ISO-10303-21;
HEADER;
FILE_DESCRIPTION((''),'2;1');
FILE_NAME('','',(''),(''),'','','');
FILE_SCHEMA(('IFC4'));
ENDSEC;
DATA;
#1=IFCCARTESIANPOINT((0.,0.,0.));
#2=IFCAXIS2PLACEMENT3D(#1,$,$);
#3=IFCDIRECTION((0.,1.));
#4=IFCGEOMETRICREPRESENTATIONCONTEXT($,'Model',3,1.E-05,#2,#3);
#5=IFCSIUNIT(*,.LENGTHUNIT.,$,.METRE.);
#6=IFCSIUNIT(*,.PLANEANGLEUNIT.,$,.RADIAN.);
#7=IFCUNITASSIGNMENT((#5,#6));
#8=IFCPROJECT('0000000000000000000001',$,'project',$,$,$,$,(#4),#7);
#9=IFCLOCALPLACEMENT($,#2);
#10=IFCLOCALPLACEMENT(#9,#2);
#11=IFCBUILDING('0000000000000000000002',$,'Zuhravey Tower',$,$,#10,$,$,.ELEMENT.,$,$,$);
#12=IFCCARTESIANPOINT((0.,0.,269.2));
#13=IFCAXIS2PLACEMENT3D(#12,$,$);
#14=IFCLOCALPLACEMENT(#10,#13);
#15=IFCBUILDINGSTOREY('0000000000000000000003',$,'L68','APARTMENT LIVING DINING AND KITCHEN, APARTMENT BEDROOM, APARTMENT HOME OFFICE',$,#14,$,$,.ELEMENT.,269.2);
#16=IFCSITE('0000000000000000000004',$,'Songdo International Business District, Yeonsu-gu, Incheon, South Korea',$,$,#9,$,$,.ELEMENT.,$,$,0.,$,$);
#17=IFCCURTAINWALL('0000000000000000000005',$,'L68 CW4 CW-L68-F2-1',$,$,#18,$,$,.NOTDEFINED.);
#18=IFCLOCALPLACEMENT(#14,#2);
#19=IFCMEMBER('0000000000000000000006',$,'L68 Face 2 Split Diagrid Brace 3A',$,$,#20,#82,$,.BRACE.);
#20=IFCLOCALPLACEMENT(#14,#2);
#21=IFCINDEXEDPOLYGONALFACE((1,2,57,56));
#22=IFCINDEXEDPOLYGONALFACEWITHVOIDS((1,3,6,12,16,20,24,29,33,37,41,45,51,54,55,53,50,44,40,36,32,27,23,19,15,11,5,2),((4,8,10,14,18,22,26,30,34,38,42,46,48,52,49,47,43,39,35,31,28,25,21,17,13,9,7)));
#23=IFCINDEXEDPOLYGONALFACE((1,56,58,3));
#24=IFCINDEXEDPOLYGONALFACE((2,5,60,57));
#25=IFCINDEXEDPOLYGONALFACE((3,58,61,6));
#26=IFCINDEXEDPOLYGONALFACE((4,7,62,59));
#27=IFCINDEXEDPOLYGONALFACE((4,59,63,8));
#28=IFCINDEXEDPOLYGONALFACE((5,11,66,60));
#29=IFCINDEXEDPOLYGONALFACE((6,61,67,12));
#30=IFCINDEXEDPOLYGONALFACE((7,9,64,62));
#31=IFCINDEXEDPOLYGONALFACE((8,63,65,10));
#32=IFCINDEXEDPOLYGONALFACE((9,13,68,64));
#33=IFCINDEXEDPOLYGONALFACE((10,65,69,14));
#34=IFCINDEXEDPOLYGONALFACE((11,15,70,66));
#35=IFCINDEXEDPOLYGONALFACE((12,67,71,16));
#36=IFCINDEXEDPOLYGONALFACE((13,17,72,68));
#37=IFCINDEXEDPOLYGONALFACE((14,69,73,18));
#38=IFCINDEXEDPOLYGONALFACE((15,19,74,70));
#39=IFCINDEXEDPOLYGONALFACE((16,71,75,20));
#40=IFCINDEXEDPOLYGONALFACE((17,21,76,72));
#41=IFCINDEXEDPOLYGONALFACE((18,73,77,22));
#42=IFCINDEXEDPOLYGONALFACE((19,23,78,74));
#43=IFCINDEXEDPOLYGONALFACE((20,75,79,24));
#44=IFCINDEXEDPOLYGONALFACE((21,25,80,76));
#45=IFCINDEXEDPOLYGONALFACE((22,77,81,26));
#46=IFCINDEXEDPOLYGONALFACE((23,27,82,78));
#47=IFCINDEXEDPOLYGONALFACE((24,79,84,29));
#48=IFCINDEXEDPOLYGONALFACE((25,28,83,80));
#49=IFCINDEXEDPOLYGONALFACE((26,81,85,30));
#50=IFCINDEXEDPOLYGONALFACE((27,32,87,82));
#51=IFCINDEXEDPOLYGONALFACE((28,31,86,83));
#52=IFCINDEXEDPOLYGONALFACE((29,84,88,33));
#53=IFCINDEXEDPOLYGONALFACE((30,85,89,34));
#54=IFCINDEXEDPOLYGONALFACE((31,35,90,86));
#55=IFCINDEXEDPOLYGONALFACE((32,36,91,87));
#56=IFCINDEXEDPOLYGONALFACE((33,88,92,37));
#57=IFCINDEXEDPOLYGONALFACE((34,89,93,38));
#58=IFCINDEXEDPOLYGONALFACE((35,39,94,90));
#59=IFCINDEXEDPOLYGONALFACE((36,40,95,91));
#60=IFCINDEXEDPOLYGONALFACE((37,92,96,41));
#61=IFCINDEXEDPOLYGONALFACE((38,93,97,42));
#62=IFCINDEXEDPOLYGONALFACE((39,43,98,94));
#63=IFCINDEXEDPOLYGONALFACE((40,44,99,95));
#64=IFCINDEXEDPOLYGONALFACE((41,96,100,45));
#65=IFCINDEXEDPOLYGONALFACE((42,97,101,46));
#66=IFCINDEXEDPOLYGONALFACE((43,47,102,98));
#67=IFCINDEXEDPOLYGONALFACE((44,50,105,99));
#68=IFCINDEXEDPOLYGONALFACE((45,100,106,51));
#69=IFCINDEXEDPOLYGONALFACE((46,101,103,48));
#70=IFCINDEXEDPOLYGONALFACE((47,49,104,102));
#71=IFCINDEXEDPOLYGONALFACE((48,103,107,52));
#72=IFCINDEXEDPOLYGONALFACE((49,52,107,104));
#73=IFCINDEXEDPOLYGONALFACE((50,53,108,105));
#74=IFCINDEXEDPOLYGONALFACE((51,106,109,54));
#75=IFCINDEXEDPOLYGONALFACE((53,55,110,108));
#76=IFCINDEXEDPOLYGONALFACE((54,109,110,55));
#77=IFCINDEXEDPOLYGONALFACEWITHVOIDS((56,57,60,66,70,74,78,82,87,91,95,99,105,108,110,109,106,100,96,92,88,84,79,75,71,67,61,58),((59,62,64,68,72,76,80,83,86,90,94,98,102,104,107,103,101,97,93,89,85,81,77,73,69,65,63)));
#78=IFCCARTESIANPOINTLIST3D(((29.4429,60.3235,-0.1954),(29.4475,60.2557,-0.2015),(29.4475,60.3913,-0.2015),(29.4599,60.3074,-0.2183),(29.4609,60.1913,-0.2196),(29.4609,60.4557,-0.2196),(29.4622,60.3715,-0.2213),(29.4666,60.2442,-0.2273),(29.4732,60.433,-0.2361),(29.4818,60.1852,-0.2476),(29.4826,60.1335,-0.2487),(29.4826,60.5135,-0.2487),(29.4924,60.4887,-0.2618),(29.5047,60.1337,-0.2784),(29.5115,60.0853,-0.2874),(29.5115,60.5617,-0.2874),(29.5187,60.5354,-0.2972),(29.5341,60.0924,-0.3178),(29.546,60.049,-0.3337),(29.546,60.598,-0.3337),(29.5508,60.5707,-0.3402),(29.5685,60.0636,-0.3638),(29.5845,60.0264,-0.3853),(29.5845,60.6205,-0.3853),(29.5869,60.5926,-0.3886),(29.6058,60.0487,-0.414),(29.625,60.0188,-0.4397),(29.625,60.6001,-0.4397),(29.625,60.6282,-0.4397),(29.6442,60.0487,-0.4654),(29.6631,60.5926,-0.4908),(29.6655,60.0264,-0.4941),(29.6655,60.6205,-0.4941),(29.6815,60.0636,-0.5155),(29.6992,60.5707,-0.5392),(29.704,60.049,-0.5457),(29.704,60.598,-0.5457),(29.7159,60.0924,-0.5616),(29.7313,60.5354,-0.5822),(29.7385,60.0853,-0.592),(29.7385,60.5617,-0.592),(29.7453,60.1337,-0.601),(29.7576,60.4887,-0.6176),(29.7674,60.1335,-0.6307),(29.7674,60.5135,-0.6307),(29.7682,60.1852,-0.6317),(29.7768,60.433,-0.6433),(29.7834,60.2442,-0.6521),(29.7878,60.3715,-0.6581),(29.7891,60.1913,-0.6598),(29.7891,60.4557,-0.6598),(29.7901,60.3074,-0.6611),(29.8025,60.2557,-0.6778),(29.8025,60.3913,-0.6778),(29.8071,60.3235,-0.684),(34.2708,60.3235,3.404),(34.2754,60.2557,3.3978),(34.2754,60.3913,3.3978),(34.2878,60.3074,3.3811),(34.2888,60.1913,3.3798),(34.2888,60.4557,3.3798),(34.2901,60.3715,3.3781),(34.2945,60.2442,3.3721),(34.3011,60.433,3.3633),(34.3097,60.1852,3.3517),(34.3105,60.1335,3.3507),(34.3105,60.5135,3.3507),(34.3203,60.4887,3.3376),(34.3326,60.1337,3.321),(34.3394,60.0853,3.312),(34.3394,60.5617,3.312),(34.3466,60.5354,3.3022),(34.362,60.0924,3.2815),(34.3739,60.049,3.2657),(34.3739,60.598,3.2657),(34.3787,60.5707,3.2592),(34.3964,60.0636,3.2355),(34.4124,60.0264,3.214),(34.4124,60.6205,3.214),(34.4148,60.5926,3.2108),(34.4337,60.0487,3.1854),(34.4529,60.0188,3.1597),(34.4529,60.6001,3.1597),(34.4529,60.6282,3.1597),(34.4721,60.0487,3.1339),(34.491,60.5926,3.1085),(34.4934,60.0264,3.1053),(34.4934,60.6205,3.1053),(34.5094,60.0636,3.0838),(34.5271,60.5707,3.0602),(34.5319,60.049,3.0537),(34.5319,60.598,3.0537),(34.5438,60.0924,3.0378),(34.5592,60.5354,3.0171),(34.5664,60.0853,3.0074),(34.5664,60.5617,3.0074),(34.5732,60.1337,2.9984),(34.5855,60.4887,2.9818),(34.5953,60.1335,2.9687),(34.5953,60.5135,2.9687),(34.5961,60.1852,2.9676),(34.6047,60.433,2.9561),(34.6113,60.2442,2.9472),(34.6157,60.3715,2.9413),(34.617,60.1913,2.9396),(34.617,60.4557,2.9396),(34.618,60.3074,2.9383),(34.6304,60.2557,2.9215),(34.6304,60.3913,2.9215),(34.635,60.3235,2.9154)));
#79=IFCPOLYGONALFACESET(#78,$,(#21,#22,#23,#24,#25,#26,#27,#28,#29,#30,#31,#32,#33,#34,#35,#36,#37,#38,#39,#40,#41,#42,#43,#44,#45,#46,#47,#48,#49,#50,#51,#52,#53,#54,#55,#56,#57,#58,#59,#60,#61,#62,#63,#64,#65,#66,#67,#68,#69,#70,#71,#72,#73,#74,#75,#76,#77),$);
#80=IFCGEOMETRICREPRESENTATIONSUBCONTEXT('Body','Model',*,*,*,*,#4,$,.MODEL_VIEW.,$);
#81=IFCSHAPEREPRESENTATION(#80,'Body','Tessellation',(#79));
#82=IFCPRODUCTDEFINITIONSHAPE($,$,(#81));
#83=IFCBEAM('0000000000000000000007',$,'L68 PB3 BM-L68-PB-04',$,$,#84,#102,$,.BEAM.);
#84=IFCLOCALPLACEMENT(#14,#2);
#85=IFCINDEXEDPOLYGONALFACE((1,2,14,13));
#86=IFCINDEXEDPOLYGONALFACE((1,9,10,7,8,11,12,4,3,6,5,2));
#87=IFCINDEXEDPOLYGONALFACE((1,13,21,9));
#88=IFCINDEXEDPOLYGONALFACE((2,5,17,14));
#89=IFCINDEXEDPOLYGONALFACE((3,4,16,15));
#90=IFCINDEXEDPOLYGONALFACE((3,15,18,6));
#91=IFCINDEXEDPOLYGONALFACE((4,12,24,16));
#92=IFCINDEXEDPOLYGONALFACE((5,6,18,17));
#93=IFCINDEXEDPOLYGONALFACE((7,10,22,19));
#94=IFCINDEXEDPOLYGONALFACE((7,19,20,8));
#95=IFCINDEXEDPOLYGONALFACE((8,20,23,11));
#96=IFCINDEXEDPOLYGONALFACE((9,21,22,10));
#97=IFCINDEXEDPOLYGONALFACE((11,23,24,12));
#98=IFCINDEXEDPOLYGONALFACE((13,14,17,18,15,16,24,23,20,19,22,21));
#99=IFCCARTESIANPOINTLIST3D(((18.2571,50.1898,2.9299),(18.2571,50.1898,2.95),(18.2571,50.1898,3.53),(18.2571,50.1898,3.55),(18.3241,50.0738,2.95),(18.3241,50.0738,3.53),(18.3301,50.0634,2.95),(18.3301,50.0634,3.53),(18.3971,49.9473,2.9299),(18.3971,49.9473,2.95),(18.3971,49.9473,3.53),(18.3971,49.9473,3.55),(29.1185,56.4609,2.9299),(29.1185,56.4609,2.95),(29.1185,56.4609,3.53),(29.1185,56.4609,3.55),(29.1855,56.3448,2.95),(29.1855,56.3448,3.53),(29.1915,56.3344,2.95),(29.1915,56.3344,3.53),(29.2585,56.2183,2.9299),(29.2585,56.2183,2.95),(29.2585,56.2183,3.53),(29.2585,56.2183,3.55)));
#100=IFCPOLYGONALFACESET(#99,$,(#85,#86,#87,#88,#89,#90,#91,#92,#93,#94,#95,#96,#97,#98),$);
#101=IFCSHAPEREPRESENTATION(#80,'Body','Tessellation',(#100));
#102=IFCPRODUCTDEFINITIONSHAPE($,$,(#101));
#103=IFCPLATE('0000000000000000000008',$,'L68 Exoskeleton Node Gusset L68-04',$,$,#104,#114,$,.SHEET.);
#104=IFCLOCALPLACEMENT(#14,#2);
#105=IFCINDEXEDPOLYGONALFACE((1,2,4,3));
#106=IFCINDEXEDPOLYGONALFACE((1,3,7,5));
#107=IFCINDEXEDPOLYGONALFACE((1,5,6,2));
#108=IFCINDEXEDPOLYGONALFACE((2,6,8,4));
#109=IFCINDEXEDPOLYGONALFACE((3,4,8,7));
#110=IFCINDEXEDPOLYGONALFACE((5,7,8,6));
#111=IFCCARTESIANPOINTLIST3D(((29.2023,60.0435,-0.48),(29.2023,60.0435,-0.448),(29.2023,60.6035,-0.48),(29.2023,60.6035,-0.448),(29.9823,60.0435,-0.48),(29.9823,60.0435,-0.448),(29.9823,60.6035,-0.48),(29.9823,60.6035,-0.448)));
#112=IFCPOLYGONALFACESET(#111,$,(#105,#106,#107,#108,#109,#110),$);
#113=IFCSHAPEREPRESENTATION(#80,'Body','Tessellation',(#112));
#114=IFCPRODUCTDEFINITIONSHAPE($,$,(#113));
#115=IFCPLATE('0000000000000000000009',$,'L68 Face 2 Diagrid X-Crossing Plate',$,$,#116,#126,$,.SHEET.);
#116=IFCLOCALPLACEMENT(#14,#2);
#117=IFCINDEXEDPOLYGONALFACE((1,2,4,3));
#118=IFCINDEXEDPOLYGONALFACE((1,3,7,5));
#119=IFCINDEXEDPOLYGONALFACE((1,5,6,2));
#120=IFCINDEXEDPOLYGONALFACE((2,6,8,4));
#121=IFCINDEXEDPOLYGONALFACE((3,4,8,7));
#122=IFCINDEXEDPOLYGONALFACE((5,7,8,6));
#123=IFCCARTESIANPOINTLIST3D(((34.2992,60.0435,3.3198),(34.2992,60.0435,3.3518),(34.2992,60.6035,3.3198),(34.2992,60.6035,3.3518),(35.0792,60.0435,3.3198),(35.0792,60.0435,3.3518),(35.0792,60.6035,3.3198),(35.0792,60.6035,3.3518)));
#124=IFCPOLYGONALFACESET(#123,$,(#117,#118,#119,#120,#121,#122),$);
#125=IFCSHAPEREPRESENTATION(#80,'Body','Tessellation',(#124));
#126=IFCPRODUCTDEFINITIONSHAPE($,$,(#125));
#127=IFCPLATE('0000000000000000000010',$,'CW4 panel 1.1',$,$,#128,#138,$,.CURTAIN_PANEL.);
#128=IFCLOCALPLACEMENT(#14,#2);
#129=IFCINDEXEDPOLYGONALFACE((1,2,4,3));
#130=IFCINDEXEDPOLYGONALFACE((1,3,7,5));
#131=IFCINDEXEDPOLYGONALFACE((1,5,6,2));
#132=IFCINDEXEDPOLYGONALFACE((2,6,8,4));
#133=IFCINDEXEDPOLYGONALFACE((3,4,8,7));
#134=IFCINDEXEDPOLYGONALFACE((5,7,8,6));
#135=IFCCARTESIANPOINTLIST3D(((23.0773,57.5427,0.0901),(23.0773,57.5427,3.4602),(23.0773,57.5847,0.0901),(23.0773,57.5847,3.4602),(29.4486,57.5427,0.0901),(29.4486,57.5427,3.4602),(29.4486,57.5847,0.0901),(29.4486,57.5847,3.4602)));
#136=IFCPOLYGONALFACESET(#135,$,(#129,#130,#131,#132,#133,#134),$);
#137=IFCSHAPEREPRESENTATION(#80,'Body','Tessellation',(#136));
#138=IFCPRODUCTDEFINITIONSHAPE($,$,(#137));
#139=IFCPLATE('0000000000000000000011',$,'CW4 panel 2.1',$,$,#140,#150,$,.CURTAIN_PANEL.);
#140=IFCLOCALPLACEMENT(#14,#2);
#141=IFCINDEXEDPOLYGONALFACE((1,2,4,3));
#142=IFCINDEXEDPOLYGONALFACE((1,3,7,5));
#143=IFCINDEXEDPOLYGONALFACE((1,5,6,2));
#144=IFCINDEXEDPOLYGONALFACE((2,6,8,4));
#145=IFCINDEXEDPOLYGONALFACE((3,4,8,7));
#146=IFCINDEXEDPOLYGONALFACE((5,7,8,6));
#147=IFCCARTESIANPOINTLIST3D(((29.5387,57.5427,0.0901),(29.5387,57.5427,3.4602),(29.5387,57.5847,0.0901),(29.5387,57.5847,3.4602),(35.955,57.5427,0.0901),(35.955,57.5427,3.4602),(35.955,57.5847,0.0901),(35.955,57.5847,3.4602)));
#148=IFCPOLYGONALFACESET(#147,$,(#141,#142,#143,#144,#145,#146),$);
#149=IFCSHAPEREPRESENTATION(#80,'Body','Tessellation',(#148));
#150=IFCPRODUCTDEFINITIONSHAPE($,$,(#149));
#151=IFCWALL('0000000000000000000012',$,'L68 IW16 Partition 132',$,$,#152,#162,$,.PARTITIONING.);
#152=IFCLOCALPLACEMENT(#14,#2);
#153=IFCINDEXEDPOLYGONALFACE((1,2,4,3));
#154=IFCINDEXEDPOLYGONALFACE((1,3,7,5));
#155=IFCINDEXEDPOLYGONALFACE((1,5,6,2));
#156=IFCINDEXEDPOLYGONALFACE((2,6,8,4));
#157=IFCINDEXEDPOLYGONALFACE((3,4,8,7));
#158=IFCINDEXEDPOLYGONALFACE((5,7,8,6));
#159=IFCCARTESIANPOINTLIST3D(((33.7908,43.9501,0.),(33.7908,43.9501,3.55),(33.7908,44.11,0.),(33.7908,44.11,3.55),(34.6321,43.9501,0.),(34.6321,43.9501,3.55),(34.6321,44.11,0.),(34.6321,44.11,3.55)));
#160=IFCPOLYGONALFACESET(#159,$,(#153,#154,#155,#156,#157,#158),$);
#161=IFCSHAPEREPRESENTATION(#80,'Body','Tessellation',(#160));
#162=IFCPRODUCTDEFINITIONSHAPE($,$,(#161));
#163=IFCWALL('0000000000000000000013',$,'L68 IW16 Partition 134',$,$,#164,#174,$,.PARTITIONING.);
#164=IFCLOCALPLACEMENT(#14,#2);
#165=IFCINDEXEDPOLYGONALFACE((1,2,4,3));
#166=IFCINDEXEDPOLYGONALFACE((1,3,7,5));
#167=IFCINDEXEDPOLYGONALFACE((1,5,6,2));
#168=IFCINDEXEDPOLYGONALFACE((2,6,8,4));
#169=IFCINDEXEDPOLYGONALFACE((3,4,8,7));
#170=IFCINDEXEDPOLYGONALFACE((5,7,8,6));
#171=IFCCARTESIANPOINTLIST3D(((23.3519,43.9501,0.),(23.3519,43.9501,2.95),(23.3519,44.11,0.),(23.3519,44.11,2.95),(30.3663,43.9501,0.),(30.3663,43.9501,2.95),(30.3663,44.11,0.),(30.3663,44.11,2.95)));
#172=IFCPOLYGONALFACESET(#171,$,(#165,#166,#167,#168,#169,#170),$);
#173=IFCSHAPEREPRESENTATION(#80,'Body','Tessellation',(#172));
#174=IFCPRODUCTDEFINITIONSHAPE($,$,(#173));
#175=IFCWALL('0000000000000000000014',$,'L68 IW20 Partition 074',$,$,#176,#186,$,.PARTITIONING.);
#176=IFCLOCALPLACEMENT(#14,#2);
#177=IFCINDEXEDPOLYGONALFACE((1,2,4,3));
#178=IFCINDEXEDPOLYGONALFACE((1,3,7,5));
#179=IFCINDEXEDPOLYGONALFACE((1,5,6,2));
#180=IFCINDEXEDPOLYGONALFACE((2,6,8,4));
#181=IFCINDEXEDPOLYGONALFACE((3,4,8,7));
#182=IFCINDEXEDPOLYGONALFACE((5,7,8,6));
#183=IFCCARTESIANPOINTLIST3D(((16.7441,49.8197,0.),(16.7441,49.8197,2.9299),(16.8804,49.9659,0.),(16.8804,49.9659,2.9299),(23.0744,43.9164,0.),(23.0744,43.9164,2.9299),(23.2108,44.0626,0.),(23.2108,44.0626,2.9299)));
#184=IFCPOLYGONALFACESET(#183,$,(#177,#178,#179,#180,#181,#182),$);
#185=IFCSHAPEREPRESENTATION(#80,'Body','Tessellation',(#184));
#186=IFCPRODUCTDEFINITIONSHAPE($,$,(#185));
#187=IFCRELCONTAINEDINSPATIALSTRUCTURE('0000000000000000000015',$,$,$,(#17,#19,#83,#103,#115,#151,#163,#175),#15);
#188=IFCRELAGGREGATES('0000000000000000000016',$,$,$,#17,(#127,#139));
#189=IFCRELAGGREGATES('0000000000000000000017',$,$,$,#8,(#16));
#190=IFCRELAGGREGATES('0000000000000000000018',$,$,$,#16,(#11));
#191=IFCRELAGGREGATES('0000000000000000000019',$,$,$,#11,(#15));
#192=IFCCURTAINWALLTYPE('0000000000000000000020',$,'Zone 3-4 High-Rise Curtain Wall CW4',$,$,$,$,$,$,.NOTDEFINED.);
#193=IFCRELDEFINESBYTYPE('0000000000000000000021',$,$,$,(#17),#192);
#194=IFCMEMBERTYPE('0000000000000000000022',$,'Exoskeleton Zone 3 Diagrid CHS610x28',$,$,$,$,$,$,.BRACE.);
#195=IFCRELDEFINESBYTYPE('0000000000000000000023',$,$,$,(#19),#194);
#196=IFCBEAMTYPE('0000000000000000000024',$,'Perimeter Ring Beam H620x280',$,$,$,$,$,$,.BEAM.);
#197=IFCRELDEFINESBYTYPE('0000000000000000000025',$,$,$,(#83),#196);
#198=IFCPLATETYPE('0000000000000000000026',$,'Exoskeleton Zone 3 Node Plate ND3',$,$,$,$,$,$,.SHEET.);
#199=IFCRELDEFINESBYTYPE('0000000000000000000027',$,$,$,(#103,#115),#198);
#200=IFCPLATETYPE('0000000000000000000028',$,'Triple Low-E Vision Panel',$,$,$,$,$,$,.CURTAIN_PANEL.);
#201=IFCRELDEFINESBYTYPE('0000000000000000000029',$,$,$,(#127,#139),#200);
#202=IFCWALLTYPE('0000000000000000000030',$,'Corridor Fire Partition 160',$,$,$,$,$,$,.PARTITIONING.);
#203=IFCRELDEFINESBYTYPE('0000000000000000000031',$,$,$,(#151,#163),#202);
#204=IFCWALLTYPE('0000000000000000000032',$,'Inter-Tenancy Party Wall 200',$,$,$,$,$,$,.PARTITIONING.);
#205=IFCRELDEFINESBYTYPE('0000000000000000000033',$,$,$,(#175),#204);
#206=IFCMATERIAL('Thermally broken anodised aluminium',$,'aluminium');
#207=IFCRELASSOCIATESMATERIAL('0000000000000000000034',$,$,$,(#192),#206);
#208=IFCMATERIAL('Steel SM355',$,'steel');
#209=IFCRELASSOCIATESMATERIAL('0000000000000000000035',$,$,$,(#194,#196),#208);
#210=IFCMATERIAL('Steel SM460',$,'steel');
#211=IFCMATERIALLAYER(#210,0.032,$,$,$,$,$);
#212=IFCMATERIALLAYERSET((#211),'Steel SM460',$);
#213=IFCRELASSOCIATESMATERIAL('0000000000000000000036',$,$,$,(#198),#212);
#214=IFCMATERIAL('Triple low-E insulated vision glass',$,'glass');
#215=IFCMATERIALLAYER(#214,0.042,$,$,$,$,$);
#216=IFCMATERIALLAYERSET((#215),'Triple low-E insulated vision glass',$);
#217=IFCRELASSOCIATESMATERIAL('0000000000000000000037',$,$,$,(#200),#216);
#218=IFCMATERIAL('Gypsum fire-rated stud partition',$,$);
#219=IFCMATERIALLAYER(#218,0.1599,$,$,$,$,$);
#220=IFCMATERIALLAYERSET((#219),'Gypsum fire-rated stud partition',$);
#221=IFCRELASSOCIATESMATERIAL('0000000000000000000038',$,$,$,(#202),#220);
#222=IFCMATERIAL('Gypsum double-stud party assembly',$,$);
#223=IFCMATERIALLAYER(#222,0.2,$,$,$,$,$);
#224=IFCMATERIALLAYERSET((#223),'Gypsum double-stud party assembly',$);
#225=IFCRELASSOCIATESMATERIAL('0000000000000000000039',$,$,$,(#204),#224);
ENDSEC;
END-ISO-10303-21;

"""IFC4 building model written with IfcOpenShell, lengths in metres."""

from ifc_helpers import new_model, si_unit, direction, frame, frame_2d, origin, origin_2d, place, context, subcontext, project, spatial, rectangle, hollow_circle, i_section, extrude, material, layer, layer_set, material_profile, profile_set, type_object, element, aggregate, save


model = new_model("IFC4")

# Units and contexts
model_context = context("Model", 3, precision=1e-05, world=origin(), true_north=direction((0.0, 1.0)))
body_context = subcontext(model_context, "Body", "Model", "MODEL_VIEW")
ifc_project = project(units=[si_unit("LENGTHUNIT", "METRE"), si_unit("PLANEANGLEUNIT", "RADIAN")], contexts=[model_context])

# Site, building, storey
site_placement = place(None, origin())
site = spatial("IfcSite", under=ifc_project, at=site_placement, Name="Songdo International Business District, Yeonsu-gu, Incheon, South Korea", CompositionType="ELEMENT", RefElevation=0.0)
building_placement = place(site_placement, origin())
building = spatial("IfcBuilding", under=site, at=building_placement, Name="Zuhravey Tower", CompositionType="ELEMENT")
storey_placement = place(building_placement, frame((0.0, 0.0, 269.2)))
storey = spatial("IfcBuildingStorey", under=building, at=storey_placement, Name="L68", Description="APARTMENT LIVING DINING AND KITCHEN, APARTMENT BEDROOM, APARTMENT HOME OFFICE", CompositionType="ELEMENT", Elevation=269.2)

# Curtain wall
ifc_material_1 = material(Name="Thermally broken anodised aluminium", Category="aluminium")
curtain_wall_type = type_object("IfcCurtainWallType", Name="Zone 3-4 High-Rise Curtain Wall CW4", PredefinedType="NOTDEFINED", material=ifc_material_1)
curtain_wall_placement = place(storey_placement, origin())
curtain_wall = element("IfcCurtainWall", 1, at=curtain_wall_placement, inside=storey, type_object=curtain_wall_type, Name="L68 CW4 CW-L68-F2-1", PredefinedType="NOTDEFINED")

# Member
ifc_material_2 = material(Name="Steel SM355", Category="steel")
ifc_material_profile_1 = material_profile(ifc_material_2, hollow_circle(Radius=0.3047, WallThickness=0.0281, at=origin_2d()), Name="CHS-609.6x28")
ifc_profile_set_1 = profile_set([ifc_material_profile_1], Name="Steel SM355")
member_type_1 = type_object("IfcMemberType", Name="Exoskeleton Zone 3 Diagrid CHS610x28", PredefinedType="BRACE", material=ifc_profile_set_1)
member_1_placement = place(storey_placement, frame((29.625, 60.3235, -0.4397), z_axis=(0.801714, 0.0, 0.597708), x_axis=(0.0, 1.0, 0.0)))
element("IfcMember", 2, at=member_1_placement, inside=storey, type_object=member_type_1, Name="L68 Face 2 Split Diagrid Brace 3A", PredefinedType="BRACE", context=body_context, shape_type="SweptSolid", body=[
    extrude(hollow_circle(Radius=0.3047, WallThickness=0.0281, at=origin_2d()), origin(), (0.0, 0.0, 1.0), 6.022),
])

# Beam
ifc_material_profile_2 = material_profile(ifc_material_2, i_section(OverallWidth=0.28, OverallDepth=0.6201, WebThickness=0.012, FlangeThickness=0.02, at=origin_2d()), Name="H-620x280x12x20")
ifc_profile_set_2 = profile_set([ifc_material_profile_2], Name="Steel SM355")
beam_type = type_object("IfcBeamType", Name="Perimeter Ring Beam H620x280", PredefinedType="BEAM", material=ifc_profile_set_2)
beam_placement = place(storey_placement, frame((29.1885, 56.3396, 3.24), z_axis=(-0.866018, -0.500012, 0.0), x_axis=(0.500012, -0.866018, 0.0)))
element("IfcBeam", 3, at=beam_placement, inside=storey, type_object=beam_type, Name="L68 PB3 BM-L68-PB-04", PredefinedType="BEAM", context=body_context, shape_type="SweptSolid", body=[
    extrude(i_section(OverallWidth=0.28, OverallDepth=0.6201, WebThickness=0.012, FlangeThickness=0.02, at=origin_2d()), origin(), (0.0, 0.0, 1.0), 12.5417),
])

# Plates
ifc_material_3 = material(Name="Steel SM460", Category="steel")
ifc_layer_1 = layer(ifc_material_3, 0.032)
ifc_layer_set_1 = layer_set([ifc_layer_1], Name="Steel SM460")
plate_type_1 = type_object("IfcPlateType", Name="Exoskeleton Zone 3 Node Plate ND3", PredefinedType="SHEET", material=ifc_layer_set_1)
for number, where, z_axis, x_axis, name in (
    (4, (29.5923, 60.3235, -0.48), (0.0, 0.0, 1.0), (-1.0, 0.0, 0.0), "L68 Exoskeleton Node Gusset L68-04"),
    (5, (34.6892, 60.3235, 3.3198), (0.0, 0.0, 1.0), (-1.0, 0.0, 0.0), "L68 Face 2 Diagrid X-Crossing Plate"),
):
    element("IfcPlate", number, at=place(storey_placement, frame(where, z_axis=z_axis, x_axis=x_axis)), inside=storey, type_object=plate_type_1, Name=name, PredefinedType="SHEET", context=body_context, shape_type="SweptSolid", body=[
        extrude(rectangle(XDim=0.78, YDim=0.5601, at=origin_2d()), origin(), (0.0, 0.0, 1.0), 0.032),
    ])

# Plates
ifc_material_4 = material(Name="Triple low-E insulated vision glass", Category="glass")
ifc_layer_2 = layer(ifc_material_4, 0.042)
ifc_layer_set_2 = layer_set([ifc_layer_2], Name="Triple low-E insulated vision glass")
plate_type_2 = type_object("IfcPlateType", Name="Triple Low-E Vision Panel", PredefinedType="CURTAIN_PANEL", material=ifc_layer_set_2)
plate_1_placement = place(storey_placement, frame((26.2629, 57.5637, 0.0901), z_axis=(0.0, 0.0, 1.0), x_axis=(1.0, 0.0, 0.0)))
plate_1 = element("IfcPlate", 6, at=plate_1_placement, type_object=plate_type_2, Name="CW4 panel 1.1", PredefinedType="CURTAIN_PANEL", context=body_context, shape_type="SweptSolid", body=[
    extrude(rectangle(XDim=6.3713, YDim=0.042, at=origin_2d()), origin(), (0.0, 0.0, 1.0), 3.3701),
])
plate_2_placement = place(storey_placement, frame((32.7468, 57.5637, 0.0901), z_axis=(0.0, 0.0, 1.0), x_axis=(1.0, 0.0, 0.0)))
plate_2 = element("IfcPlate", 7, at=plate_2_placement, type_object=plate_type_2, Name="CW4 panel 2.1", PredefinedType="CURTAIN_PANEL", context=body_context, shape_type="SweptSolid", body=[
    extrude(rectangle(XDim=6.4163, YDim=0.042, at=origin_2d()), origin(), (0.0, 0.0, 1.0), 3.3701),
])
aggregate(curtain_wall, [plate_1, plate_2])

# Shared definitions
ifc_material_5 = material(Name="Gypsum fire-rated stud partition")
ifc_layer_3 = layer(ifc_material_5, 0.1599)
ifc_layer_set_3 = layer_set([ifc_layer_3], Name="Gypsum fire-rated stud partition")
wall_type_1 = type_object("IfcWallType", Name="Corridor Fire Partition 160", PredefinedType="PARTITIONING", material=ifc_layer_set_3)

# Walls
wall_1_placement = place(storey_placement, frame((34.6321, 44.03, 0.0), z_axis=(0.0, 0.0, 1.0), x_axis=(-1.0, 0.0, 0.0)))
element("IfcWall", 8, at=wall_1_placement, inside=storey, type_object=wall_type_1, Name="L68 IW16 Partition 132", PredefinedType="PARTITIONING", context=body_context, shape_type="SweptSolid", body=[
    extrude(rectangle(XDim=0.8413, YDim=0.1599, at=frame_2d((0.4207, 0.0))), origin(), (0.0, 0.0, 1.0), 3.55),
])
wall_2_placement = place(storey_placement, frame((30.3665, 44.03, 0.0), z_axis=(0.0, 0.0, 1.0), x_axis=(-1.0, 0.0, 0.0)))
element("IfcWall", 9, at=wall_2_placement, inside=storey, type_object=wall_type_1, Name="L68 IW16 Partition 134", PredefinedType="PARTITIONING", context=body_context, shape_type="SweptSolid", body=[
    extrude(rectangle(XDim=7.0144, YDim=0.1599, at=frame_2d((3.5073, 0.0))), origin(), (0.0, 0.0, 1.0), 2.95),
])
ifc_material_6 = material(Name="Gypsum double-stud party assembly")
ifc_layer_4 = layer(ifc_material_6, 0.2)
ifc_layer_set_4 = layer_set([ifc_layer_4], Name="Gypsum double-stud party assembly")
wall_type_2 = type_object("IfcWallType", Name="Inter-Tenancy Party Wall 200", PredefinedType="PARTITIONING", material=ifc_layer_set_4)
wall_3_placement = place(storey_placement, frame((23.1426, 43.9895, 0.0), z_axis=(0.0, 0.0, 1.0), x_axis=(-0.731342, 0.682011, 0.0)))
element("IfcWall", 10, at=wall_3_placement, inside=storey, type_object=wall_type_2, Name="L68 IW20 Partition 074", PredefinedType="PARTITIONING", context=body_context, shape_type="SweptSolid", body=[
    extrude(rectangle(XDim=8.6558, YDim=0.2, at=frame_2d((4.3279, 0.0))), origin(), (0.0, 0.0, 1.0), 2.9299),
])

save(model, "model.ifc")
